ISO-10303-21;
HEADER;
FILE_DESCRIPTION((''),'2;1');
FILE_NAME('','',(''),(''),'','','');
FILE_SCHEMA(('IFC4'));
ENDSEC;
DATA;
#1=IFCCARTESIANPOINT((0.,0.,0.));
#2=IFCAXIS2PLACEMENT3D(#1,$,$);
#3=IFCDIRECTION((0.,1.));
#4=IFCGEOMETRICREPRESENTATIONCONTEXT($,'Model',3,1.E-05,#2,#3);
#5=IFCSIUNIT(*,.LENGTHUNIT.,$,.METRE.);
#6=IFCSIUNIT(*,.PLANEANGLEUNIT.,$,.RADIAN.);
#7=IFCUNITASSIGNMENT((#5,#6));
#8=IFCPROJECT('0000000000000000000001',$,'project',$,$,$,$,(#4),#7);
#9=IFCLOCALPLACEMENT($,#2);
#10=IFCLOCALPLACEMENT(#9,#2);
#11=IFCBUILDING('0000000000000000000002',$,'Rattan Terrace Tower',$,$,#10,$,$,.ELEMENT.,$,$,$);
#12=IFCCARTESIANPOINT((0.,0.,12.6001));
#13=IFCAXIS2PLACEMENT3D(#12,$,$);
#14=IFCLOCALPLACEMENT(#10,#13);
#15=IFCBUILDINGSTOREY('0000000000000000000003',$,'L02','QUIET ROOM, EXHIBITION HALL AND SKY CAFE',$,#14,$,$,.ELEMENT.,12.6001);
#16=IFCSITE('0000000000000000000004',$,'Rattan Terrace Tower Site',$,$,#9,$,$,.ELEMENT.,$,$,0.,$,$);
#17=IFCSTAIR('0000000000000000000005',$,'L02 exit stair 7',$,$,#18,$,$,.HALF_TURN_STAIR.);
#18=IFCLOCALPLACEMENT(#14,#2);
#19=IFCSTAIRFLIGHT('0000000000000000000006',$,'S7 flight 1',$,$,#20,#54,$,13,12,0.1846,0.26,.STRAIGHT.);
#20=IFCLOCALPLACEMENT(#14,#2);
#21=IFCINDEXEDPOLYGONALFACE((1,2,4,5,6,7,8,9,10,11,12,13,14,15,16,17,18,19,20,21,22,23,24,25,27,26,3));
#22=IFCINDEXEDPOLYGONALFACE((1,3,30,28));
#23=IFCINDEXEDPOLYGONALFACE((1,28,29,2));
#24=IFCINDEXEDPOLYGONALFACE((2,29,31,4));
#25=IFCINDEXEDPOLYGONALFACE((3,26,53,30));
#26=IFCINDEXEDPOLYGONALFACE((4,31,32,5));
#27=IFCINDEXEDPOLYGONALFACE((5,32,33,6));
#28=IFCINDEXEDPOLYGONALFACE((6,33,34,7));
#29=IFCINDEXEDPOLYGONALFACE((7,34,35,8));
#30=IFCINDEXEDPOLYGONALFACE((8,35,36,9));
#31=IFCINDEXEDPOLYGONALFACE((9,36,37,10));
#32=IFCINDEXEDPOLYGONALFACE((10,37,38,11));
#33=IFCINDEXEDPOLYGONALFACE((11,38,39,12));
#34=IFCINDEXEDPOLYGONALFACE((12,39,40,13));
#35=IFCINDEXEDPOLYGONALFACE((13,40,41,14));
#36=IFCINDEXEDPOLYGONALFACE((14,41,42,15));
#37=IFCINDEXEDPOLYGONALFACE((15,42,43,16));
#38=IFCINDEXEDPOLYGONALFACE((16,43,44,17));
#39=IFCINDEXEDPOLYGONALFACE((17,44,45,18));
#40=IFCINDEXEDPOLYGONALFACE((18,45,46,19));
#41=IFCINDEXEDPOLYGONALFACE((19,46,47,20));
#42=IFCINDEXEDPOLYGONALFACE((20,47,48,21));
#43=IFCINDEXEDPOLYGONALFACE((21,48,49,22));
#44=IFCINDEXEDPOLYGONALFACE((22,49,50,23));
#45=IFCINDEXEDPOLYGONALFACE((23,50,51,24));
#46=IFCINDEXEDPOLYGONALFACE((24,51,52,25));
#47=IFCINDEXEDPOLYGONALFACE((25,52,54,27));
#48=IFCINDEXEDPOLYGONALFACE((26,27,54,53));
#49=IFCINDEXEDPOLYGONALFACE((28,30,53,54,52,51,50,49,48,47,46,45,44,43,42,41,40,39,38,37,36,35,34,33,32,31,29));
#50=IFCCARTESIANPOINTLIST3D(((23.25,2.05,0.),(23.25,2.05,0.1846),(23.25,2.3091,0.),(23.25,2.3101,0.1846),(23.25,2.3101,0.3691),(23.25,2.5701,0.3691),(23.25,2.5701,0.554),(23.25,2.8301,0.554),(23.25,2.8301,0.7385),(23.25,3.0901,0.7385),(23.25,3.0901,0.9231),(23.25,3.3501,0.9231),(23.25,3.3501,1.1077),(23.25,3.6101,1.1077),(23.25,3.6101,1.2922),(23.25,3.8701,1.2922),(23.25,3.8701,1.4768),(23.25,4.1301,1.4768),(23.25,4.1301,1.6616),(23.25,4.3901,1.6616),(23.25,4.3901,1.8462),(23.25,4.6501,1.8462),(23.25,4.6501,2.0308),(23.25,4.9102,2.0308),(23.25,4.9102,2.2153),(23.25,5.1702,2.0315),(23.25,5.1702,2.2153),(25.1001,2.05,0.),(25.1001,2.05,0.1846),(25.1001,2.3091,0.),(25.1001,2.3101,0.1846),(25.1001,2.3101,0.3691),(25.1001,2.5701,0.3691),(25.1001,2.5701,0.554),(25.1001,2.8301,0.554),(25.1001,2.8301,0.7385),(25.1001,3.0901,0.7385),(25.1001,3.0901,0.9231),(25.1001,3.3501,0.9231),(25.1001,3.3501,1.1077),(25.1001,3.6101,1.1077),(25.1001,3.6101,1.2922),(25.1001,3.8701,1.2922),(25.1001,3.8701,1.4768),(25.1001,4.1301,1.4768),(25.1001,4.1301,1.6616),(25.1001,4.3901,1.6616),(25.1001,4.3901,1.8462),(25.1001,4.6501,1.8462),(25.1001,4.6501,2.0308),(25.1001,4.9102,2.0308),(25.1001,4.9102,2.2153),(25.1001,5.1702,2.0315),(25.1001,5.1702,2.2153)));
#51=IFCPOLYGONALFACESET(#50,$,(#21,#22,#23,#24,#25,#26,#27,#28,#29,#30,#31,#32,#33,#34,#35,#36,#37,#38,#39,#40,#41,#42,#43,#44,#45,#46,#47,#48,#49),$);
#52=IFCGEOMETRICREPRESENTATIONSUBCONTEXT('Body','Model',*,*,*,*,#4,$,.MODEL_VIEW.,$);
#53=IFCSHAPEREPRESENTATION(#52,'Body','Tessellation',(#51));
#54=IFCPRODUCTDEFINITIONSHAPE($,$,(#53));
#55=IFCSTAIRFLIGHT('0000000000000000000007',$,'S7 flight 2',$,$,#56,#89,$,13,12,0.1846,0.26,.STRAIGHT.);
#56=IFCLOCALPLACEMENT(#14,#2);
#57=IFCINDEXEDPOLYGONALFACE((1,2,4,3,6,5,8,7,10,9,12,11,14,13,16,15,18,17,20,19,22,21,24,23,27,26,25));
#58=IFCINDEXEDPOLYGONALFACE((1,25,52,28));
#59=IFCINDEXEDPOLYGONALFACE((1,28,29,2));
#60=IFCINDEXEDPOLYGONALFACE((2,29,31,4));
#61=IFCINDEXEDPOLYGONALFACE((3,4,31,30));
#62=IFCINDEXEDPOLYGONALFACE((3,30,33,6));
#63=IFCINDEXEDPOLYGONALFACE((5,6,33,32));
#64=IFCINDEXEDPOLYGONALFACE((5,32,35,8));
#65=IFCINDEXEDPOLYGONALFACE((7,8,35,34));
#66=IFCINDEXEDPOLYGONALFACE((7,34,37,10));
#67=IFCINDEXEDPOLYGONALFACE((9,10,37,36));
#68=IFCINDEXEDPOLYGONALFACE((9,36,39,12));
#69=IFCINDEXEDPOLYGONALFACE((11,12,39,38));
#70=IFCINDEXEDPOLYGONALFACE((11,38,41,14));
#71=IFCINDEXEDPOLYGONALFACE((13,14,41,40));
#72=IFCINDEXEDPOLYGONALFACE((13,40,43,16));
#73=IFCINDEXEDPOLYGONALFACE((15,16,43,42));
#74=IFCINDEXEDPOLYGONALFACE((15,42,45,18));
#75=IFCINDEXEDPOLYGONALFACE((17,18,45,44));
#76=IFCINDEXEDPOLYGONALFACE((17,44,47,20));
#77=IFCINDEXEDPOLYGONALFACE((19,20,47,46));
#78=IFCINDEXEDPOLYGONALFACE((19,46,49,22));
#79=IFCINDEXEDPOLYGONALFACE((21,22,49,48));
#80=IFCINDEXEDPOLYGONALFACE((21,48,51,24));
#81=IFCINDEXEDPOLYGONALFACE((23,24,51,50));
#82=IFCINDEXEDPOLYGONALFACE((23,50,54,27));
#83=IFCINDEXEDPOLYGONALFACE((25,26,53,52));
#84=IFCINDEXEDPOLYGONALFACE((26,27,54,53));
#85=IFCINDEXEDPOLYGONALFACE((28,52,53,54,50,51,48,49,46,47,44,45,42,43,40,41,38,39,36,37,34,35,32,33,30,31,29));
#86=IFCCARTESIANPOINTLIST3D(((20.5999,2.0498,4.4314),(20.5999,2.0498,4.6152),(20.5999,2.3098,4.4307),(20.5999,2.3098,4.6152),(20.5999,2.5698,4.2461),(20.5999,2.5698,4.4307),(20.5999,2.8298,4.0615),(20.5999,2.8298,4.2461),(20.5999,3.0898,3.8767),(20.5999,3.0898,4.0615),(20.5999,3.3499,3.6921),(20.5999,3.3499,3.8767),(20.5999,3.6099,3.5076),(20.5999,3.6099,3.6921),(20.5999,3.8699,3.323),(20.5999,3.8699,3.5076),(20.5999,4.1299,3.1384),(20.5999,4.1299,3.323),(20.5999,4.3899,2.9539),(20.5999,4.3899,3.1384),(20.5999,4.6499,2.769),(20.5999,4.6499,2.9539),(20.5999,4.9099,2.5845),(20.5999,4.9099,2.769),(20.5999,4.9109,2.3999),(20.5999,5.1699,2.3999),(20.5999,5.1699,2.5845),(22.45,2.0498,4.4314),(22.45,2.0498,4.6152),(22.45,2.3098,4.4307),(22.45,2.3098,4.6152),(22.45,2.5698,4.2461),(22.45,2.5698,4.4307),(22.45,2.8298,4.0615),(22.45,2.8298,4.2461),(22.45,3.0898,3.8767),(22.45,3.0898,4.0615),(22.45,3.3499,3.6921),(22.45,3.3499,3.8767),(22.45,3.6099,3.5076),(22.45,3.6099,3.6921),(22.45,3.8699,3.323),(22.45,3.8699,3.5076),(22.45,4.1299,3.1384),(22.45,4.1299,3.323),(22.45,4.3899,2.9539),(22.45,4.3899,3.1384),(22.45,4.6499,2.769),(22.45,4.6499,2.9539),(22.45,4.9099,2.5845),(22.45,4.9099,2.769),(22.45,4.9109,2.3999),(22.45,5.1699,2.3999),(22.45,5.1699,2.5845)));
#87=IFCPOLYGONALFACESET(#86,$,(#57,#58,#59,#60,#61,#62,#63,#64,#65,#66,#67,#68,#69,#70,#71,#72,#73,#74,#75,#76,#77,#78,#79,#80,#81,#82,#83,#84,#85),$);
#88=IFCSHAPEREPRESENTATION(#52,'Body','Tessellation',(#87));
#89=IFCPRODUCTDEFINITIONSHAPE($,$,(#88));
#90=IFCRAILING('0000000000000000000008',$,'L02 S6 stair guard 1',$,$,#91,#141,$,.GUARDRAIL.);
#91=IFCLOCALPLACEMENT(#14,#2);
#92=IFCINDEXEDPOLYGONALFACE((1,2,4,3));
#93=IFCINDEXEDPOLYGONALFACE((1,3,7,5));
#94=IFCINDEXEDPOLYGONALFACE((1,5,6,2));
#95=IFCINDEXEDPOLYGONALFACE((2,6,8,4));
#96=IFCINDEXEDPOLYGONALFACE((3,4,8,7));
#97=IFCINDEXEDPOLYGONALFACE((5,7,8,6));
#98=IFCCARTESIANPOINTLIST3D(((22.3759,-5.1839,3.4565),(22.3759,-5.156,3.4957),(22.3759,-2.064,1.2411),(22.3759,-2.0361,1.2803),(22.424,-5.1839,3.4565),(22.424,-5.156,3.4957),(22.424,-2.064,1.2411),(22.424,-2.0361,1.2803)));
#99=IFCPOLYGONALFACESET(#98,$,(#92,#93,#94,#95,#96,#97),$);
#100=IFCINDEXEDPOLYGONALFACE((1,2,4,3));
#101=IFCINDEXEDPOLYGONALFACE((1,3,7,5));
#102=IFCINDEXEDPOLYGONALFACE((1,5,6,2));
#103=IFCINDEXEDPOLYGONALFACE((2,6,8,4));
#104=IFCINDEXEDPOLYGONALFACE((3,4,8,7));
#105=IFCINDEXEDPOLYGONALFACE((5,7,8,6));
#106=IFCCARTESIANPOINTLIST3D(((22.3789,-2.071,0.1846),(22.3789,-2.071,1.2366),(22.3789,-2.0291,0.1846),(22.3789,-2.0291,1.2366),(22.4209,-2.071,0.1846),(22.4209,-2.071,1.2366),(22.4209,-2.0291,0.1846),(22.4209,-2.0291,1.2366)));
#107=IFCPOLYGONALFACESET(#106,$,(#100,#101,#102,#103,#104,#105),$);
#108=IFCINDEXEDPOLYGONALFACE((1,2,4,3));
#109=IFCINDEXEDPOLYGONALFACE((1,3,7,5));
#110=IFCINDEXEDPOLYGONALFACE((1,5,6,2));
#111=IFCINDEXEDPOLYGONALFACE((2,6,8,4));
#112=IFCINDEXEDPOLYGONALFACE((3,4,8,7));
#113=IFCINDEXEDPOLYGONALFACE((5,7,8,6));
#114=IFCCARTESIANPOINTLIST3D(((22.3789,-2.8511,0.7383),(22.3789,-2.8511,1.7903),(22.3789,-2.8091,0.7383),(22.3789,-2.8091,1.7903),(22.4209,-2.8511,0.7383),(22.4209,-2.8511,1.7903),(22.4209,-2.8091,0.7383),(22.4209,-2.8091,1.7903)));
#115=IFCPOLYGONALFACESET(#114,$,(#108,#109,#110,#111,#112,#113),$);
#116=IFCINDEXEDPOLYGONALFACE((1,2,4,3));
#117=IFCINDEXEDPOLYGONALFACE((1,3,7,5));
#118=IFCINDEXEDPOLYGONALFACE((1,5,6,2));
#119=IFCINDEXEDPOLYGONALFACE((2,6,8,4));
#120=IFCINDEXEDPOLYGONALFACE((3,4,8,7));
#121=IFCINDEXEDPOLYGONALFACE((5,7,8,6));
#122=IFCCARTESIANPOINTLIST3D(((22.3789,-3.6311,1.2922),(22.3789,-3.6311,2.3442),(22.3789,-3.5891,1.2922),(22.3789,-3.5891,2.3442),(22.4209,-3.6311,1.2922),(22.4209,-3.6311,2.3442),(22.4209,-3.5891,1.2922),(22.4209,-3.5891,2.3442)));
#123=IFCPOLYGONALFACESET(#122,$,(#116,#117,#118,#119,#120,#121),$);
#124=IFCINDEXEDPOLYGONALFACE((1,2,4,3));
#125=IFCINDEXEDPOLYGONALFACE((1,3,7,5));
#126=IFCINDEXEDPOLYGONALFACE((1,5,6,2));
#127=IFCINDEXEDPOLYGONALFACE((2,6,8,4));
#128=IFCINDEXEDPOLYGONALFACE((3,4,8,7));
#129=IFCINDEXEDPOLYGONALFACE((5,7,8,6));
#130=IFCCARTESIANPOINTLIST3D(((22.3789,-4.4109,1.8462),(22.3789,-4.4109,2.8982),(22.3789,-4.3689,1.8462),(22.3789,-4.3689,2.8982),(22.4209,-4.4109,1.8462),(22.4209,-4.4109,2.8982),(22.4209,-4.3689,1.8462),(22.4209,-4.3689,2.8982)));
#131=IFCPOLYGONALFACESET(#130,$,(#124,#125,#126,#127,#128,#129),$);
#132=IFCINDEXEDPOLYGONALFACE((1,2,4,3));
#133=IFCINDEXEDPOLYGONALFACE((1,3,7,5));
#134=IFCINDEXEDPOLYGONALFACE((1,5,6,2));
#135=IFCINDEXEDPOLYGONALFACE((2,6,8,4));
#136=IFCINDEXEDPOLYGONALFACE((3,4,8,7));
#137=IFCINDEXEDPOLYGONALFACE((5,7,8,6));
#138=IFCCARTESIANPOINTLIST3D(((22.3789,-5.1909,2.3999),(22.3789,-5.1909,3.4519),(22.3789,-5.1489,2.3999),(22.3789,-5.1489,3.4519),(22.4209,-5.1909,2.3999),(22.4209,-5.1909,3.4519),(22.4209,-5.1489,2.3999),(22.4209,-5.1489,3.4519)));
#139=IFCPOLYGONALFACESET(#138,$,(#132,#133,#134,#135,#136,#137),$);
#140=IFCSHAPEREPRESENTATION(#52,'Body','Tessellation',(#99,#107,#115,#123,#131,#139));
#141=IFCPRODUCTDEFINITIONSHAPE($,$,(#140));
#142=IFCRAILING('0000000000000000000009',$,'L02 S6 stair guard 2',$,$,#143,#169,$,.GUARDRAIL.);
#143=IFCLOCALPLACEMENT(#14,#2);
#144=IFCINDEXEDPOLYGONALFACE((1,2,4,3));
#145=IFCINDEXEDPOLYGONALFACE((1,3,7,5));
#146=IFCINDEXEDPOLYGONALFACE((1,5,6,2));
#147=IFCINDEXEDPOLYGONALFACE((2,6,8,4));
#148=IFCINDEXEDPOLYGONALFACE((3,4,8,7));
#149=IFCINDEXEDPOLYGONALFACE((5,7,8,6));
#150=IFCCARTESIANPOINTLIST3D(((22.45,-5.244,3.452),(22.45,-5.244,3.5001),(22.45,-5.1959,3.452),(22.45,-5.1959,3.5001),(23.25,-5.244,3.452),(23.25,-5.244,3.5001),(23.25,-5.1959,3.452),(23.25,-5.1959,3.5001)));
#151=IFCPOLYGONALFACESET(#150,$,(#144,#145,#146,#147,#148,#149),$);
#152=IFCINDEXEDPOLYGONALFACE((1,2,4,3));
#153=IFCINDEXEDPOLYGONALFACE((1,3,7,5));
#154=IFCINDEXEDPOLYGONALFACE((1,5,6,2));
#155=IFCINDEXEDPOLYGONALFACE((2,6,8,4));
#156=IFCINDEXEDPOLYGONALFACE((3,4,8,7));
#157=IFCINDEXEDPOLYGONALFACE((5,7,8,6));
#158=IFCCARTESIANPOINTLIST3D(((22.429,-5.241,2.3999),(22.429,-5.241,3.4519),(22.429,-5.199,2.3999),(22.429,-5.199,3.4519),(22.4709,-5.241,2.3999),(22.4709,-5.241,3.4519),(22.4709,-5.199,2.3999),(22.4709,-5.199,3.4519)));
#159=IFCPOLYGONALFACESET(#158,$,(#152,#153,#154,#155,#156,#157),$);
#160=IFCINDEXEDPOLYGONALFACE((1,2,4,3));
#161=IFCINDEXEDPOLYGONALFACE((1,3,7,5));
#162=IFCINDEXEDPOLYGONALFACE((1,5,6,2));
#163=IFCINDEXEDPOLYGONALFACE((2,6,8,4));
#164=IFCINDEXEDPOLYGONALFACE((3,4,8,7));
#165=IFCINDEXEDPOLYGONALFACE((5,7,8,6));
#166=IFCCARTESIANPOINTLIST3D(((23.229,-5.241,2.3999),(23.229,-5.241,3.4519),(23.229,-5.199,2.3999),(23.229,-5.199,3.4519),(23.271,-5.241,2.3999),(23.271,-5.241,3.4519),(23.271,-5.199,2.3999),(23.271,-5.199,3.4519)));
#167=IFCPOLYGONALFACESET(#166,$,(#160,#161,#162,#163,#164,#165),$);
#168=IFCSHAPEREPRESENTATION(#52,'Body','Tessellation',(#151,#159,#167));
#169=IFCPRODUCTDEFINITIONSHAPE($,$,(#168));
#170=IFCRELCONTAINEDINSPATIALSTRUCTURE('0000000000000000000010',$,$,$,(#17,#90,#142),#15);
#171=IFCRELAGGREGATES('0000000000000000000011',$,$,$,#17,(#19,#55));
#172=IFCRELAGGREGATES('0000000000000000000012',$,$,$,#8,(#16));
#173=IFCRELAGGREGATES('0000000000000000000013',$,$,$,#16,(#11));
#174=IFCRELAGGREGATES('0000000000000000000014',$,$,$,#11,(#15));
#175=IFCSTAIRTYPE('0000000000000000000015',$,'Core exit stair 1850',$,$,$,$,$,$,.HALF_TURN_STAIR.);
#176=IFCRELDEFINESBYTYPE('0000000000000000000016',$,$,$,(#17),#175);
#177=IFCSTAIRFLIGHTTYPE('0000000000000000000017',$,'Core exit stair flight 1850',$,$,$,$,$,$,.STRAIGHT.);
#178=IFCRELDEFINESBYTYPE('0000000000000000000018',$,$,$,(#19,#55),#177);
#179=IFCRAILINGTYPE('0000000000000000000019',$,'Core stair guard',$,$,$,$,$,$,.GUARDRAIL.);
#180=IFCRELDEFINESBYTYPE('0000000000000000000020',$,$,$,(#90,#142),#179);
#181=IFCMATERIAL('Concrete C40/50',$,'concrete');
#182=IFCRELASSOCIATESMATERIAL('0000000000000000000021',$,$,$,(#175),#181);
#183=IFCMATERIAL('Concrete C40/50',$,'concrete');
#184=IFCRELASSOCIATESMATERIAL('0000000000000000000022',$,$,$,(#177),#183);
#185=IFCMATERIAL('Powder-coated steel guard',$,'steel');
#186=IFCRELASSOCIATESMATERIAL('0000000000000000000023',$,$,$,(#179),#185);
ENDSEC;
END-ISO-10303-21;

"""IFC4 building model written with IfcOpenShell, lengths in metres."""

from ifc_helpers import new_model, si_unit, direction, frame, origin, origin_2d, place, context, subcontext, project, spatial, polyline, rectangle, outline, extrude, material, type_object, element, aggregate, save


model = new_model("IFC4")

# Units and contexts
model_context = context("Model", 3, precision=1e-05, world=origin(), true_north=direction((0.0, 1.0)))
body_context = subcontext(model_context, "Body", "Model", "MODEL_VIEW")
ifc_project = project(units=[si_unit("LENGTHUNIT", "METRE"), si_unit("PLANEANGLEUNIT", "RADIAN")], contexts=[model_context])

# Site, building, storey
site_placement = place(None, origin())
site = spatial("IfcSite", under=ifc_project, at=site_placement, Name="Rattan Terrace Tower Site", CompositionType="ELEMENT", RefElevation=0.0)
building_placement = place(site_placement, origin())
building = spatial("IfcBuilding", under=site, at=building_placement, Name="Rattan Terrace Tower", CompositionType="ELEMENT")
storey_placement = place(building_placement, frame((0.0, 0.0, 12.6001)))
storey = spatial("IfcBuildingStorey", under=building, at=storey_placement, Name="L02", Description="QUIET ROOM, EXHIBITION HALL AND SKY CAFE", CompositionType="ELEMENT", Elevation=12.6001)

# Stair, stair flights
ifc_material_1 = material(Name="Concrete C40/50", Category="concrete")
stair_type = type_object("IfcStairType", Name="Core exit stair 1850", PredefinedType="HALF_TURN_STAIR", material=ifc_material_1)
ifc_material_2 = material(Name="Concrete C40/50", Category="concrete")
stair_flight_type = type_object("IfcStairFlightType", Name="Core exit stair flight 1850", PredefinedType="STRAIGHT", material=ifc_material_2)
stair_1_placement = place(storey_placement, origin())
stair_1 = element("IfcStair", 1, at=stair_1_placement, inside=storey, type_object=stair_type, Name="L02 exit stair 7", PredefinedType="HALF_TURN_STAIR")
stair_flight_1_placement = place(storey_placement, frame((24.175, 2.05, 0.0), z_axis=(0.0, 0.0, 1.0), x_axis=(0.0, 1.0, 0.0)))
stair_flight_1 = element("IfcStairFlight", 2, at=stair_flight_1_placement, type_object=stair_flight_type, Name="S7 flight 1", NumberOfRisers=13, NumberOfTreads=12, PredefinedType="STRAIGHT", RiserHeight=0.1846, TreadLength=0.26, context=body_context, shape_type="SweptSolid", body=[
    extrude(outline(polyline([(0.0, 0.0), (0.0, 0.1846), (0.26, 0.1846), (0.26, 0.3691), (0.52, 0.3691), (0.52, 0.554), (0.78, 0.554), (0.78, 0.7385), (1.04, 0.7385), (1.04, 0.9231), (1.3, 0.9231), (1.3, 1.1077), (1.5601, 1.1077), (1.5601, 1.2922), (1.8201, 1.2922), (1.8201, 1.4768), (2.0801, 1.4768), (2.0801, 1.6616), (2.3401, 1.6616), (2.3401, 1.8462), (2.6001, 1.8462), (2.6001, 2.0308), (2.8601, 2.0308), (2.8601, 2.2153), (3.1201, 2.2153), (3.1201, 2.3999), (3.1201, 2.0315), (0.259, 0.0), (0.0, 0.0)])), frame((0.0, 0.925, 0.0), z_axis=(0.0, -1.0, 0.0), x_axis=(1.0, 0.0, 0.0)), (0.0, 0.0, 1.0), 1.8501),
])
stair_flight_2_placement = place(storey_placement, frame((21.5249, 5.1699, 2.3999), z_axis=(0.0, 0.0, 1.0), x_axis=(0.0, -1.0, 0.0)))
stair_flight_2 = element("IfcStairFlight", 3, at=stair_flight_2_placement, type_object=stair_flight_type, Name="S7 flight 2", NumberOfRisers=13, NumberOfTreads=12, PredefinedType="STRAIGHT", RiserHeight=0.1846, TreadLength=0.26, context=body_context, shape_type="SweptSolid", body=[
    extrude(outline(polyline([(0.0, 0.0), (0.0, 0.1846), (0.26, 0.1846), (0.26, 0.3691), (0.52, 0.3691), (0.52, 0.554), (0.78, 0.554), (0.78, 0.7385), (1.04, 0.7385), (1.04, 0.9231), (1.3, 0.9231), (1.3, 1.1077), (1.5601, 1.1077), (1.5601, 1.2922), (1.8201, 1.2922), (1.8201, 1.4768), (2.0801, 1.4768), (2.0801, 1.6616), (2.3401, 1.6616), (2.3401, 1.8462), (2.6001, 1.8462), (2.6001, 2.0308), (2.8601, 2.0308), (2.8601, 2.2153), (3.1201, 2.2153), (3.1201, 2.3999), (3.1201, 2.0315), (0.259, 0.0), (0.0, 0.0)])), frame((0.0, 0.925, 0.0), z_axis=(0.0, -1.0, 0.0), x_axis=(1.0, 0.0, 0.0)), (0.0, 0.0, 1.0), 1.8501),
])
aggregate(stair_1, [stair_flight_1, stair_flight_2])

# Railings
ifc_material_3 = material(Name="Powder-coated steel guard", Category="steel")
railing_type_1 = type_object("IfcRailingType", Name="Core stair guard", PredefinedType="GUARDRAIL", material=ifc_material_3)
railing_1_placement = place(storey_placement, frame((22.3999, -2.05, 0.1846)))
element("IfcRailing", 4, at=railing_1_placement, inside=storey, type_object=railing_type_1, Name="L02 S6 stair guard 1", PredefinedType="GUARDRAIL", context=body_context, shape_type="SweptSolid", body=[
    extrude(rectangle(XDim=0.0481, YDim=0.0481, at=origin_2d()), frame((0.0, 0.0, 1.0762), z_axis=(0.0, -0.815356, 0.578961), x_axis=(1.0, 0.0, 0.0)), (0.0, 0.0, 1.0), 3.8264),
    extrude(rectangle(XDim=0.042, YDim=0.042, at=origin_2d()), origin(), (0.0, 0.0, 1.0), 1.052),
    extrude(rectangle(XDim=0.042, YDim=0.042, at=origin_2d()), frame((0.0, -0.78, 0.5537)), (0.0, 0.0, 1.0), 1.052),
    extrude(rectangle(XDim=0.042, YDim=0.042, at=origin_2d()), frame((0.0, -1.5601, 1.1077)), (0.0, 0.0, 1.0), 1.052),
    extrude(rectangle(XDim=0.042, YDim=0.042, at=origin_2d()), frame((0.0, -2.3398, 1.6616)), (0.0, 0.0, 1.0), 1.052),
    extrude(rectangle(XDim=0.042, YDim=0.042, at=origin_2d()), frame((0.0, -3.1199, 2.2153)), (0.0, 0.0, 1.0), 1.052),
])
railing_2_placement = place(storey_placement, frame((22.45, -5.22, 2.3999)))
element("IfcRailing", 5, at=railing_2_placement, inside=storey, type_object=railing_type_1, Name="L02 S6 stair guard 2", PredefinedType="GUARDRAIL", context=body_context, shape_type="SweptSolid", body=[
    extrude(rectangle(XDim=0.0481, YDim=0.0481, at=origin_2d()), frame((0.0, 0.0, 1.0762), z_axis=(1.0, 0.0, 0.0), x_axis=(0.0, 1.0, 0.0)), (0.0, 0.0, 1.0), 0.8),
    extrude(rectangle(XDim=0.042, YDim=0.042, at=origin_2d()), origin(), (0.0, 0.0, 1.0), 1.052),
    extrude(rectangle(XDim=0.042, YDim=0.042, at=origin_2d()), frame((0.8, 0.0, 0.0)), (0.0, 0.0, 1.0), 1.052),
])

save(model, "model.ifc")
